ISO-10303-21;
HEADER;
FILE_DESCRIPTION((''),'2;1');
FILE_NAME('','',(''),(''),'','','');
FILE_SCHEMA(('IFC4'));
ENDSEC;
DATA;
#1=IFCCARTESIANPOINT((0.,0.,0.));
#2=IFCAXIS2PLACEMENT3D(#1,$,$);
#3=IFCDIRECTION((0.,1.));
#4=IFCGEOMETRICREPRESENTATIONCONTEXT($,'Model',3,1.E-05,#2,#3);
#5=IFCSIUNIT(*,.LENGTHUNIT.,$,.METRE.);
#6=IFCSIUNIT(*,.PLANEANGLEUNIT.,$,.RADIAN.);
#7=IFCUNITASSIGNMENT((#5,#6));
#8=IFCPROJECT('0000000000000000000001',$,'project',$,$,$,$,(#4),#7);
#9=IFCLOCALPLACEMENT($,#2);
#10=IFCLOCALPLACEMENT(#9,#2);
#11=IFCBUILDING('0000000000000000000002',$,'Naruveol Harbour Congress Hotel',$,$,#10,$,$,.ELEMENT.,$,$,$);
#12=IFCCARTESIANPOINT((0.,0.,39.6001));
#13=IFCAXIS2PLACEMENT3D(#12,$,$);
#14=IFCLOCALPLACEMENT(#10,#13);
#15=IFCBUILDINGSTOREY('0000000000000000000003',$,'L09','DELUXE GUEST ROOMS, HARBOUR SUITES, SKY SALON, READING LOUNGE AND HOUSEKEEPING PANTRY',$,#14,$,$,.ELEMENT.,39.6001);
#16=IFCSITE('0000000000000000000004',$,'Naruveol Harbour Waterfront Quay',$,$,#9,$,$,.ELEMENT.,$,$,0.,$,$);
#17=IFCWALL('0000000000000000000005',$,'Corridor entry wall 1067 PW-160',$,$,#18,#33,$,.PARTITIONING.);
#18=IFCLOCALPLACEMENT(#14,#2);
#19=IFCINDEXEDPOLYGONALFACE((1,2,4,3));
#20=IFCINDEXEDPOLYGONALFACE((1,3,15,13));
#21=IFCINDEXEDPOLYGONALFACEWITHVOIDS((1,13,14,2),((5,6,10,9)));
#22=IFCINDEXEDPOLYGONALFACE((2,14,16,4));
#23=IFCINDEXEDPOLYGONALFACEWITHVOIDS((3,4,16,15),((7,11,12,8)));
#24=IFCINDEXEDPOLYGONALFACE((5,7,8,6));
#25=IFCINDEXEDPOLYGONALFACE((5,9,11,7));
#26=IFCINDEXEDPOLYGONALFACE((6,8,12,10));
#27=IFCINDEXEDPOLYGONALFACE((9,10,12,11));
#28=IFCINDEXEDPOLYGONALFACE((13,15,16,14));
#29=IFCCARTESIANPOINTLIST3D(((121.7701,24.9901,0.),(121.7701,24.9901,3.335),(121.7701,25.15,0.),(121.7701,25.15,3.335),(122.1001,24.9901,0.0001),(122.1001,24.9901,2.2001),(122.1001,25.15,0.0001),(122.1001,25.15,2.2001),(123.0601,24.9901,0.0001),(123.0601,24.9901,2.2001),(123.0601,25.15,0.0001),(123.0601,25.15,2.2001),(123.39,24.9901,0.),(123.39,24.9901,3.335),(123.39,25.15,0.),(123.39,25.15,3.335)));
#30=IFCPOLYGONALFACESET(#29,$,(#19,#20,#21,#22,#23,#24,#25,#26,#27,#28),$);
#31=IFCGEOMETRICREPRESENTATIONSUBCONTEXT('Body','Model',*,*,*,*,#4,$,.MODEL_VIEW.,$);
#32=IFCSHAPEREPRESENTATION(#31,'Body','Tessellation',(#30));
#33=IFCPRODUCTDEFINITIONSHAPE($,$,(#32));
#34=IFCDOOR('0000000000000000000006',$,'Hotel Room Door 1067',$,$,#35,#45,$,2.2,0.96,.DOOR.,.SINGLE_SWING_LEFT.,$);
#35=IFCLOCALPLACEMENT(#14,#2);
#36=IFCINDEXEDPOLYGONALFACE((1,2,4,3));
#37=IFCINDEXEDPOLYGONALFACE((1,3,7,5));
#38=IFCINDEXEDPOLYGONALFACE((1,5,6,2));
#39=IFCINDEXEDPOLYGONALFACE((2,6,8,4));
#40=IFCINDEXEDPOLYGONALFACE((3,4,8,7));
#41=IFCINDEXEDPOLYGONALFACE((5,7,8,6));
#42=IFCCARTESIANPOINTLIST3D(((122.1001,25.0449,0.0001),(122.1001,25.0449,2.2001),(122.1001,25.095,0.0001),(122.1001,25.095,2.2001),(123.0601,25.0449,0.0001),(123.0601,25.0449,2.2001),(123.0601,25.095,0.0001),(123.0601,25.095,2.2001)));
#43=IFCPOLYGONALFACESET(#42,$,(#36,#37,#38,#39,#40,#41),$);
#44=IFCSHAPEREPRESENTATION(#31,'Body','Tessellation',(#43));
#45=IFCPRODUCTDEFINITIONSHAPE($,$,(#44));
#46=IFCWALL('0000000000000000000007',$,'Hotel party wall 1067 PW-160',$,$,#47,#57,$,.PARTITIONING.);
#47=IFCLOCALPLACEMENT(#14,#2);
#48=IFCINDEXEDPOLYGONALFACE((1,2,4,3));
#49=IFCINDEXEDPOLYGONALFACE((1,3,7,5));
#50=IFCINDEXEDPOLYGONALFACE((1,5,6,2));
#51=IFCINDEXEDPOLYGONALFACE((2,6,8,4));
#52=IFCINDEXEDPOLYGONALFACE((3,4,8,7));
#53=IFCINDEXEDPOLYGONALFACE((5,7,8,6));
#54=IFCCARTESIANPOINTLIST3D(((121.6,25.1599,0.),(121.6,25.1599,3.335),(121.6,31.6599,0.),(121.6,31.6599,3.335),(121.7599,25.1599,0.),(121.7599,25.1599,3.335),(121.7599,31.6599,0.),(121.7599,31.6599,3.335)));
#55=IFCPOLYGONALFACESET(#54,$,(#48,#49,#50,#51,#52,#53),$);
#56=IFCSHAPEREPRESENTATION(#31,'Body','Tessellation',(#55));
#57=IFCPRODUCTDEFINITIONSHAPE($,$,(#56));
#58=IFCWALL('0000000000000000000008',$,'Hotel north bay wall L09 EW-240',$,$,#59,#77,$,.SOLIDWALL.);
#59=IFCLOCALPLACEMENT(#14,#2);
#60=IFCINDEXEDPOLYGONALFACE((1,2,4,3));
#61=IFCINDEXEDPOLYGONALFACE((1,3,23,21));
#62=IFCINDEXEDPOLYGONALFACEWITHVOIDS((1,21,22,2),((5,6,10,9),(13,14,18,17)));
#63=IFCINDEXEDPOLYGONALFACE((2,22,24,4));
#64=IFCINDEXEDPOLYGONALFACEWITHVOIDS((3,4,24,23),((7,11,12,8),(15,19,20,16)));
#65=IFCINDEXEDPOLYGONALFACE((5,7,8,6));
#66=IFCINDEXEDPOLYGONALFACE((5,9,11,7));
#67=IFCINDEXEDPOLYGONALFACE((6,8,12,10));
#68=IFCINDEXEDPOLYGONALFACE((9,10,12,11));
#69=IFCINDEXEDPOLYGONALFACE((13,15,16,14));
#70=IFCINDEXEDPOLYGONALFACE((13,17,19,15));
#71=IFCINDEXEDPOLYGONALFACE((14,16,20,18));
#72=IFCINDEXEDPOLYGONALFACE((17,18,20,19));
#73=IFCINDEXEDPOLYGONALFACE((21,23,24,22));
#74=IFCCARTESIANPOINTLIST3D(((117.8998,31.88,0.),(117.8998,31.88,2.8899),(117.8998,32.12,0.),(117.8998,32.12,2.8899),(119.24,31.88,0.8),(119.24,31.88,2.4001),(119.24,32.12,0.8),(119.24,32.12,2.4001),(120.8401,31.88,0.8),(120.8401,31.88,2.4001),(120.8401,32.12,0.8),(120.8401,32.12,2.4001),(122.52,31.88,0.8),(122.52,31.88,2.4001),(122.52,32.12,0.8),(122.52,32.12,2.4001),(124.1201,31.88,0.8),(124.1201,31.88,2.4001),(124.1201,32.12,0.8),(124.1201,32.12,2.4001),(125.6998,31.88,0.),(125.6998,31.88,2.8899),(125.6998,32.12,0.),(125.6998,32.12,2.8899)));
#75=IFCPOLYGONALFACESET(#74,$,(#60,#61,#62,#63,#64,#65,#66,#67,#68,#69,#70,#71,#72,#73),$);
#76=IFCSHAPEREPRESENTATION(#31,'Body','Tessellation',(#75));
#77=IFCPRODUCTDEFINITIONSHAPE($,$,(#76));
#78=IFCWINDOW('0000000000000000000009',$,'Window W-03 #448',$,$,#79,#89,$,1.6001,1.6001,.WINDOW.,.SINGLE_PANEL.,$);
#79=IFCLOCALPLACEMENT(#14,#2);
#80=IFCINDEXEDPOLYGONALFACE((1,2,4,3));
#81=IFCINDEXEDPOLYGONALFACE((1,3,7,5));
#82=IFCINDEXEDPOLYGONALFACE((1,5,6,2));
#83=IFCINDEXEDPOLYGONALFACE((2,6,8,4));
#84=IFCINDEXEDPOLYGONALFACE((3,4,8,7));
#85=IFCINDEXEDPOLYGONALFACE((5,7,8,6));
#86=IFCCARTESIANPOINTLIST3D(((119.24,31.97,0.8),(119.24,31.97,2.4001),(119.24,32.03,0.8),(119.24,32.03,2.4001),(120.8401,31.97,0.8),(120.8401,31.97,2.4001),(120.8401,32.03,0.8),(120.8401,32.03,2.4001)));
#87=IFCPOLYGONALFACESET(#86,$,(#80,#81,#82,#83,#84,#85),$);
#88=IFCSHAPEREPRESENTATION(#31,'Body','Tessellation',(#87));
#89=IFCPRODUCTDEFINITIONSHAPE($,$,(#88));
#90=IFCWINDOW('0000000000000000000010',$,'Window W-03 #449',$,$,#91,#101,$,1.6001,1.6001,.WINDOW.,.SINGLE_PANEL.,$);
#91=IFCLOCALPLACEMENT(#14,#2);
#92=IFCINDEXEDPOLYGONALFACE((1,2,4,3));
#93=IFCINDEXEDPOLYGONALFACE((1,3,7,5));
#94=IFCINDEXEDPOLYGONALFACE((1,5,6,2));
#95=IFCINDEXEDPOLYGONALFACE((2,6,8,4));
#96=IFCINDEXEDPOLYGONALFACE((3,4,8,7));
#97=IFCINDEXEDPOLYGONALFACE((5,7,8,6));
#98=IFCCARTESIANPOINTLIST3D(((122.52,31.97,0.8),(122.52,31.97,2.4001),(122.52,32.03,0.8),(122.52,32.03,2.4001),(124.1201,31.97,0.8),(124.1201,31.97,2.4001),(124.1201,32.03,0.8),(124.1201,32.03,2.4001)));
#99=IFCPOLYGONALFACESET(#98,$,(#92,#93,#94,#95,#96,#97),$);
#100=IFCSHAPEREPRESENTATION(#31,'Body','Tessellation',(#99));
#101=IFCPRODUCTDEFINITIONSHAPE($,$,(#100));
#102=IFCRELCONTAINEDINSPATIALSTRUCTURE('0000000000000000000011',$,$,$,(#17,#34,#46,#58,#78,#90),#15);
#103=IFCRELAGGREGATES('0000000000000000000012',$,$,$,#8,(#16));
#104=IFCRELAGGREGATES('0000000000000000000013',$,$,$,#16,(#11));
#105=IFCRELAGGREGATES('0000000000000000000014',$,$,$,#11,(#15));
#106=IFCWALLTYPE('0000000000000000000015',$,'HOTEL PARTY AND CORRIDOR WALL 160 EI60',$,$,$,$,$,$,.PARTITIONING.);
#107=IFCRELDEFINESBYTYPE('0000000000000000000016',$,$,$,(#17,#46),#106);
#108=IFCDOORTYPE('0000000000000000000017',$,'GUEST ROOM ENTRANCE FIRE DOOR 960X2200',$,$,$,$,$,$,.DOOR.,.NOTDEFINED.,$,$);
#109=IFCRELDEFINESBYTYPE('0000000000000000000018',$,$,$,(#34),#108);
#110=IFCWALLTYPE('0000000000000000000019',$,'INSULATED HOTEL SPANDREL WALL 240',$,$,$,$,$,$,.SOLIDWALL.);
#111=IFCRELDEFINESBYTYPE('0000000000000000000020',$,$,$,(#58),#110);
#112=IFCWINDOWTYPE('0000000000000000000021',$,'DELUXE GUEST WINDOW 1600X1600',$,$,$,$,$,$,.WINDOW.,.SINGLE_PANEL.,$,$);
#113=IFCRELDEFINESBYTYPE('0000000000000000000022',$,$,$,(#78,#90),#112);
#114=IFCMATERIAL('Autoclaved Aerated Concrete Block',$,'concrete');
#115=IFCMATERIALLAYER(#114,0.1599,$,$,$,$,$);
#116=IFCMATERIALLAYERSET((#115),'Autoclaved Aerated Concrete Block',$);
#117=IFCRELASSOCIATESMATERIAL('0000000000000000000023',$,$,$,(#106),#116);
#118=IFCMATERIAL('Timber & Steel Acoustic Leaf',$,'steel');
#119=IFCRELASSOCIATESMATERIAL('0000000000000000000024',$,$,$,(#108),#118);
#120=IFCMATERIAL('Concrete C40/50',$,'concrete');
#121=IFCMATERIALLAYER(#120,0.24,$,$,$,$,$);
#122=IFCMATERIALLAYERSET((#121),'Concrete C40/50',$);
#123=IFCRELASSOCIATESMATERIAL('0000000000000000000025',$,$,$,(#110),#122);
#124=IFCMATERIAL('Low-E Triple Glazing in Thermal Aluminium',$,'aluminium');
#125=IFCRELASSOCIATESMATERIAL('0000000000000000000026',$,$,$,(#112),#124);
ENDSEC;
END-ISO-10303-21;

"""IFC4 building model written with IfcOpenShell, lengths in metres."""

from ifc_helpers import new_model, si_unit, direction, frame, frame_2d, origin, place, context, subcontext, project, spatial, rectangle, extrude, material, layer, layer_set, type_object, element, fill, save


model = new_model("IFC4")

# Units and contexts
model_context = context("Model", 3, precision=1e-05, world=origin(), true_north=direction((0.0, 1.0)))
body_context = subcontext(model_context, "Body", "Model", "MODEL_VIEW")
ifc_project = project(units=[si_unit("LENGTHUNIT", "METRE"), si_unit("PLANEANGLEUNIT", "RADIAN")], contexts=[model_context])

# Site, building, storey
site_placement = place(None, origin())
site = spatial("IfcSite", under=ifc_project, at=site_placement, Name="Naruveol Harbour Waterfront Quay", CompositionType="ELEMENT", RefElevation=0.0)
building_placement = place(site_placement, origin())
building = spatial("IfcBuilding", under=site, at=building_placement, Name="Naruveol Harbour Congress Hotel", CompositionType="ELEMENT")
storey_placement = place(building_placement, frame((0.0, 0.0, 39.6001)))
storey = spatial("IfcBuildingStorey", under=building, at=storey_placement, Name="L09", Description="DELUXE GUEST ROOMS, HARBOUR SUITES, SKY SALON, READING LOUNGE AND HOUSEKEEPING PANTRY", CompositionType="ELEMENT", Elevation=39.6001)

# Shared definitions
ifc_material_1 = material(Name="Autoclaved Aerated Concrete Block", Category="concrete")
ifc_layer_1 = layer(ifc_material_1, 0.1599)
ifc_layer_set_1 = layer_set([ifc_layer_1], Name="Autoclaved Aerated Concrete Block")
wall_type_1 = type_object("IfcWallType", Name="HOTEL PARTY AND CORRIDOR WALL 160 EI60", PredefinedType="PARTITIONING", material=ifc_layer_set_1)

# Shared definitions
ifc_material_2 = material(Name="Timber & Steel Acoustic Leaf", Category="steel")
door_type_1 = type_object("IfcDoorType", Name="GUEST ROOM ENTRANCE FIRE DOOR 960X2200", OperationType="NOTDEFINED", PredefinedType="DOOR", material=ifc_material_2)

# Wall, opening, door
wall_1_placement = place(storey_placement, frame((121.77, 25.0701, 0.0), z_axis=(0.0, 0.0, 1.0), x_axis=(1.0, 0.0, 0.0)))
wall_1 = element("IfcWall", 1, at=wall_1_placement, inside=storey, type_object=wall_type_1, Name="Corridor entry wall 1067 PW-160", PredefinedType="PARTITIONING", context=body_context, shape_type="SweptSolid", body=[
    extrude(rectangle(XDim=1.6199, YDim=0.1599, at=frame_2d((0.8101, 0.0))), origin(), (0.0, 0.0, 1.0), 3.335),
])
opening_1_placement = place(wall_1_placement, frame((0.3301, 0.0, 0.0)))
opening_1 = element("IfcOpeningElement", 2, at=opening_1_placement, cuts=wall_1, PredefinedType="OPENING", context=body_context, shape_type="SweptSolid", body=[
    extrude(rectangle(XDim=0.96, YDim=2.2, at=frame_2d((0.48, 1.1001))), frame((0.0, 0.0898, 0.0), z_axis=(0.0, -1.0, 0.0), x_axis=(1.0, 0.0, 0.0)), (0.0, 0.0, 1.0), 0.1799),
])
door_1_placement = place(opening_1_placement, origin())
door_1 = element("IfcDoor", 3, at=door_1_placement, inside=storey, type_object=door_type_1, Name="Hotel Room Door 1067", OperationType="SINGLE_SWING_LEFT", OverallHeight=2.2, OverallWidth=0.96, PredefinedType="DOOR", context=body_context, shape_type="SweptSolid", body=[
    extrude(rectangle(XDim=0.96, YDim=2.2, at=frame_2d((0.48, 1.1001))), frame((0.0, 0.0249, 0.0), z_axis=(0.0, -1.0, 0.0), x_axis=(1.0, 0.0, 0.0)), (0.0, 0.0, 1.0), 0.05),
])
fill(opening_1, door_1)

# Wall
wall_2_placement = place(storey_placement, frame((121.6799, 25.1599, 0.0), z_axis=(0.0, 0.0, 1.0), x_axis=(0.0, 1.0, 0.0)))
element("IfcWall", 4, at=wall_2_placement, inside=storey, type_object=wall_type_1, Name="Hotel party wall 1067 PW-160", PredefinedType="PARTITIONING", context=body_context, shape_type="SweptSolid", body=[
    extrude(rectangle(XDim=6.5, YDim=0.1599, at=frame_2d((3.25, 0.0))), origin(), (0.0, 0.0, 1.0), 3.335),
])

# Wall, openings, windows
ifc_material_3 = material(Name="Concrete C40/50", Category="concrete")
ifc_layer_2 = layer(ifc_material_3, 0.24)
ifc_layer_set_2 = layer_set([ifc_layer_2], Name="Concrete C40/50")
wall_type_2 = type_object("IfcWallType", Name="INSULATED HOTEL SPANDREL WALL 240", PredefinedType="SOLIDWALL", material=ifc_layer_set_2)
wall_3_placement = place(storey_placement, frame((117.8999, 32.0, 0.0), z_axis=(0.0, 0.0, 1.0), x_axis=(1.0, 0.0, 0.0)))
wall_3 = element("IfcWall", 5, at=wall_3_placement, inside=storey, type_object=wall_type_2, Name="Hotel north bay wall L09 EW-240", PredefinedType="SOLIDWALL", context=body_context, shape_type="SweptSolid", body=[
    extrude(rectangle(XDim=7.8, YDim=0.24, at=frame_2d((3.8999, 0.0))), origin(), (0.0, 0.0, 1.0), 2.8899),
])
opening_2_placement = place(wall_3_placement, frame((1.3401, 0.0, 0.8)))
opening_2 = element("IfcOpeningElement", 6, at=opening_2_placement, cuts=wall_3, PredefinedType="OPENING", context=body_context, shape_type="SweptSolid", body=[
    extrude(rectangle(XDim=1.6001, YDim=1.6001, at=frame_2d((0.8, 0.8))), frame((0.0, 0.1299, 0.0), z_axis=(0.0, -1.0, 0.0), x_axis=(1.0, 0.0, 0.0)), (0.0, 0.0, 1.0), 0.26),
])
opening_3_placement = place(wall_3_placement, frame((4.6201, 0.0, 0.8)))
opening_3 = element("IfcOpeningElement", 7, at=opening_3_placement, cuts=wall_3, PredefinedType="OPENING", context=body_context, shape_type="SweptSolid", body=[
    extrude(rectangle(XDim=1.6001, YDim=1.6001, at=frame_2d((0.8, 0.8))), frame((0.0, 0.1299, 0.0), z_axis=(0.0, -1.0, 0.0), x_axis=(1.0, 0.0, 0.0)), (0.0, 0.0, 1.0), 0.26),
])
ifc_material_4 = material(Name="Low-E Triple Glazing in Thermal Aluminium", Category="aluminium")
window_type = type_object("IfcWindowType", Name="DELUXE GUEST WINDOW 1600X1600", PartitioningType="SINGLE_PANEL", PredefinedType="WINDOW", material=ifc_material_4)
window_1_placement = place(opening_2_placement, origin())
window_1 = element("IfcWindow", 8, at=window_1_placement, inside=storey, type_object=window_type, Name="Window W-03 #448", OverallHeight=1.6001, OverallWidth=1.6001, PartitioningType="SINGLE_PANEL", PredefinedType="WINDOW", context=body_context, shape_type="SweptSolid", body=[
    extrude(rectangle(XDim=1.6001, YDim=1.6001, at=frame_2d((0.8, 0.8))), frame((0.0, 0.03, 0.0), z_axis=(0.0, -1.0, 0.0), x_axis=(1.0, 0.0, 0.0)), (0.0, 0.0, 1.0), 0.0601),
])
fill(opening_2, window_1)
window_2_placement = place(opening_3_placement, origin())
window_2 = element("IfcWindow", 9, at=window_2_placement, inside=storey, type_object=window_type, Name="Window W-03 #449", OverallHeight=1.6001, OverallWidth=1.6001, PartitioningType="SINGLE_PANEL", PredefinedType="WINDOW", context=body_context, shape_type="SweptSolid", body=[
    extrude(rectangle(XDim=1.6001, YDim=1.6001, at=frame_2d((0.8, 0.8))), frame((0.0, 0.03, 0.0), z_axis=(0.0, -1.0, 0.0), x_axis=(1.0, 0.0, 0.0)), (0.0, 0.0, 1.0), 0.0601),
])
fill(opening_3, window_2)

save(model, "model.ifc")
